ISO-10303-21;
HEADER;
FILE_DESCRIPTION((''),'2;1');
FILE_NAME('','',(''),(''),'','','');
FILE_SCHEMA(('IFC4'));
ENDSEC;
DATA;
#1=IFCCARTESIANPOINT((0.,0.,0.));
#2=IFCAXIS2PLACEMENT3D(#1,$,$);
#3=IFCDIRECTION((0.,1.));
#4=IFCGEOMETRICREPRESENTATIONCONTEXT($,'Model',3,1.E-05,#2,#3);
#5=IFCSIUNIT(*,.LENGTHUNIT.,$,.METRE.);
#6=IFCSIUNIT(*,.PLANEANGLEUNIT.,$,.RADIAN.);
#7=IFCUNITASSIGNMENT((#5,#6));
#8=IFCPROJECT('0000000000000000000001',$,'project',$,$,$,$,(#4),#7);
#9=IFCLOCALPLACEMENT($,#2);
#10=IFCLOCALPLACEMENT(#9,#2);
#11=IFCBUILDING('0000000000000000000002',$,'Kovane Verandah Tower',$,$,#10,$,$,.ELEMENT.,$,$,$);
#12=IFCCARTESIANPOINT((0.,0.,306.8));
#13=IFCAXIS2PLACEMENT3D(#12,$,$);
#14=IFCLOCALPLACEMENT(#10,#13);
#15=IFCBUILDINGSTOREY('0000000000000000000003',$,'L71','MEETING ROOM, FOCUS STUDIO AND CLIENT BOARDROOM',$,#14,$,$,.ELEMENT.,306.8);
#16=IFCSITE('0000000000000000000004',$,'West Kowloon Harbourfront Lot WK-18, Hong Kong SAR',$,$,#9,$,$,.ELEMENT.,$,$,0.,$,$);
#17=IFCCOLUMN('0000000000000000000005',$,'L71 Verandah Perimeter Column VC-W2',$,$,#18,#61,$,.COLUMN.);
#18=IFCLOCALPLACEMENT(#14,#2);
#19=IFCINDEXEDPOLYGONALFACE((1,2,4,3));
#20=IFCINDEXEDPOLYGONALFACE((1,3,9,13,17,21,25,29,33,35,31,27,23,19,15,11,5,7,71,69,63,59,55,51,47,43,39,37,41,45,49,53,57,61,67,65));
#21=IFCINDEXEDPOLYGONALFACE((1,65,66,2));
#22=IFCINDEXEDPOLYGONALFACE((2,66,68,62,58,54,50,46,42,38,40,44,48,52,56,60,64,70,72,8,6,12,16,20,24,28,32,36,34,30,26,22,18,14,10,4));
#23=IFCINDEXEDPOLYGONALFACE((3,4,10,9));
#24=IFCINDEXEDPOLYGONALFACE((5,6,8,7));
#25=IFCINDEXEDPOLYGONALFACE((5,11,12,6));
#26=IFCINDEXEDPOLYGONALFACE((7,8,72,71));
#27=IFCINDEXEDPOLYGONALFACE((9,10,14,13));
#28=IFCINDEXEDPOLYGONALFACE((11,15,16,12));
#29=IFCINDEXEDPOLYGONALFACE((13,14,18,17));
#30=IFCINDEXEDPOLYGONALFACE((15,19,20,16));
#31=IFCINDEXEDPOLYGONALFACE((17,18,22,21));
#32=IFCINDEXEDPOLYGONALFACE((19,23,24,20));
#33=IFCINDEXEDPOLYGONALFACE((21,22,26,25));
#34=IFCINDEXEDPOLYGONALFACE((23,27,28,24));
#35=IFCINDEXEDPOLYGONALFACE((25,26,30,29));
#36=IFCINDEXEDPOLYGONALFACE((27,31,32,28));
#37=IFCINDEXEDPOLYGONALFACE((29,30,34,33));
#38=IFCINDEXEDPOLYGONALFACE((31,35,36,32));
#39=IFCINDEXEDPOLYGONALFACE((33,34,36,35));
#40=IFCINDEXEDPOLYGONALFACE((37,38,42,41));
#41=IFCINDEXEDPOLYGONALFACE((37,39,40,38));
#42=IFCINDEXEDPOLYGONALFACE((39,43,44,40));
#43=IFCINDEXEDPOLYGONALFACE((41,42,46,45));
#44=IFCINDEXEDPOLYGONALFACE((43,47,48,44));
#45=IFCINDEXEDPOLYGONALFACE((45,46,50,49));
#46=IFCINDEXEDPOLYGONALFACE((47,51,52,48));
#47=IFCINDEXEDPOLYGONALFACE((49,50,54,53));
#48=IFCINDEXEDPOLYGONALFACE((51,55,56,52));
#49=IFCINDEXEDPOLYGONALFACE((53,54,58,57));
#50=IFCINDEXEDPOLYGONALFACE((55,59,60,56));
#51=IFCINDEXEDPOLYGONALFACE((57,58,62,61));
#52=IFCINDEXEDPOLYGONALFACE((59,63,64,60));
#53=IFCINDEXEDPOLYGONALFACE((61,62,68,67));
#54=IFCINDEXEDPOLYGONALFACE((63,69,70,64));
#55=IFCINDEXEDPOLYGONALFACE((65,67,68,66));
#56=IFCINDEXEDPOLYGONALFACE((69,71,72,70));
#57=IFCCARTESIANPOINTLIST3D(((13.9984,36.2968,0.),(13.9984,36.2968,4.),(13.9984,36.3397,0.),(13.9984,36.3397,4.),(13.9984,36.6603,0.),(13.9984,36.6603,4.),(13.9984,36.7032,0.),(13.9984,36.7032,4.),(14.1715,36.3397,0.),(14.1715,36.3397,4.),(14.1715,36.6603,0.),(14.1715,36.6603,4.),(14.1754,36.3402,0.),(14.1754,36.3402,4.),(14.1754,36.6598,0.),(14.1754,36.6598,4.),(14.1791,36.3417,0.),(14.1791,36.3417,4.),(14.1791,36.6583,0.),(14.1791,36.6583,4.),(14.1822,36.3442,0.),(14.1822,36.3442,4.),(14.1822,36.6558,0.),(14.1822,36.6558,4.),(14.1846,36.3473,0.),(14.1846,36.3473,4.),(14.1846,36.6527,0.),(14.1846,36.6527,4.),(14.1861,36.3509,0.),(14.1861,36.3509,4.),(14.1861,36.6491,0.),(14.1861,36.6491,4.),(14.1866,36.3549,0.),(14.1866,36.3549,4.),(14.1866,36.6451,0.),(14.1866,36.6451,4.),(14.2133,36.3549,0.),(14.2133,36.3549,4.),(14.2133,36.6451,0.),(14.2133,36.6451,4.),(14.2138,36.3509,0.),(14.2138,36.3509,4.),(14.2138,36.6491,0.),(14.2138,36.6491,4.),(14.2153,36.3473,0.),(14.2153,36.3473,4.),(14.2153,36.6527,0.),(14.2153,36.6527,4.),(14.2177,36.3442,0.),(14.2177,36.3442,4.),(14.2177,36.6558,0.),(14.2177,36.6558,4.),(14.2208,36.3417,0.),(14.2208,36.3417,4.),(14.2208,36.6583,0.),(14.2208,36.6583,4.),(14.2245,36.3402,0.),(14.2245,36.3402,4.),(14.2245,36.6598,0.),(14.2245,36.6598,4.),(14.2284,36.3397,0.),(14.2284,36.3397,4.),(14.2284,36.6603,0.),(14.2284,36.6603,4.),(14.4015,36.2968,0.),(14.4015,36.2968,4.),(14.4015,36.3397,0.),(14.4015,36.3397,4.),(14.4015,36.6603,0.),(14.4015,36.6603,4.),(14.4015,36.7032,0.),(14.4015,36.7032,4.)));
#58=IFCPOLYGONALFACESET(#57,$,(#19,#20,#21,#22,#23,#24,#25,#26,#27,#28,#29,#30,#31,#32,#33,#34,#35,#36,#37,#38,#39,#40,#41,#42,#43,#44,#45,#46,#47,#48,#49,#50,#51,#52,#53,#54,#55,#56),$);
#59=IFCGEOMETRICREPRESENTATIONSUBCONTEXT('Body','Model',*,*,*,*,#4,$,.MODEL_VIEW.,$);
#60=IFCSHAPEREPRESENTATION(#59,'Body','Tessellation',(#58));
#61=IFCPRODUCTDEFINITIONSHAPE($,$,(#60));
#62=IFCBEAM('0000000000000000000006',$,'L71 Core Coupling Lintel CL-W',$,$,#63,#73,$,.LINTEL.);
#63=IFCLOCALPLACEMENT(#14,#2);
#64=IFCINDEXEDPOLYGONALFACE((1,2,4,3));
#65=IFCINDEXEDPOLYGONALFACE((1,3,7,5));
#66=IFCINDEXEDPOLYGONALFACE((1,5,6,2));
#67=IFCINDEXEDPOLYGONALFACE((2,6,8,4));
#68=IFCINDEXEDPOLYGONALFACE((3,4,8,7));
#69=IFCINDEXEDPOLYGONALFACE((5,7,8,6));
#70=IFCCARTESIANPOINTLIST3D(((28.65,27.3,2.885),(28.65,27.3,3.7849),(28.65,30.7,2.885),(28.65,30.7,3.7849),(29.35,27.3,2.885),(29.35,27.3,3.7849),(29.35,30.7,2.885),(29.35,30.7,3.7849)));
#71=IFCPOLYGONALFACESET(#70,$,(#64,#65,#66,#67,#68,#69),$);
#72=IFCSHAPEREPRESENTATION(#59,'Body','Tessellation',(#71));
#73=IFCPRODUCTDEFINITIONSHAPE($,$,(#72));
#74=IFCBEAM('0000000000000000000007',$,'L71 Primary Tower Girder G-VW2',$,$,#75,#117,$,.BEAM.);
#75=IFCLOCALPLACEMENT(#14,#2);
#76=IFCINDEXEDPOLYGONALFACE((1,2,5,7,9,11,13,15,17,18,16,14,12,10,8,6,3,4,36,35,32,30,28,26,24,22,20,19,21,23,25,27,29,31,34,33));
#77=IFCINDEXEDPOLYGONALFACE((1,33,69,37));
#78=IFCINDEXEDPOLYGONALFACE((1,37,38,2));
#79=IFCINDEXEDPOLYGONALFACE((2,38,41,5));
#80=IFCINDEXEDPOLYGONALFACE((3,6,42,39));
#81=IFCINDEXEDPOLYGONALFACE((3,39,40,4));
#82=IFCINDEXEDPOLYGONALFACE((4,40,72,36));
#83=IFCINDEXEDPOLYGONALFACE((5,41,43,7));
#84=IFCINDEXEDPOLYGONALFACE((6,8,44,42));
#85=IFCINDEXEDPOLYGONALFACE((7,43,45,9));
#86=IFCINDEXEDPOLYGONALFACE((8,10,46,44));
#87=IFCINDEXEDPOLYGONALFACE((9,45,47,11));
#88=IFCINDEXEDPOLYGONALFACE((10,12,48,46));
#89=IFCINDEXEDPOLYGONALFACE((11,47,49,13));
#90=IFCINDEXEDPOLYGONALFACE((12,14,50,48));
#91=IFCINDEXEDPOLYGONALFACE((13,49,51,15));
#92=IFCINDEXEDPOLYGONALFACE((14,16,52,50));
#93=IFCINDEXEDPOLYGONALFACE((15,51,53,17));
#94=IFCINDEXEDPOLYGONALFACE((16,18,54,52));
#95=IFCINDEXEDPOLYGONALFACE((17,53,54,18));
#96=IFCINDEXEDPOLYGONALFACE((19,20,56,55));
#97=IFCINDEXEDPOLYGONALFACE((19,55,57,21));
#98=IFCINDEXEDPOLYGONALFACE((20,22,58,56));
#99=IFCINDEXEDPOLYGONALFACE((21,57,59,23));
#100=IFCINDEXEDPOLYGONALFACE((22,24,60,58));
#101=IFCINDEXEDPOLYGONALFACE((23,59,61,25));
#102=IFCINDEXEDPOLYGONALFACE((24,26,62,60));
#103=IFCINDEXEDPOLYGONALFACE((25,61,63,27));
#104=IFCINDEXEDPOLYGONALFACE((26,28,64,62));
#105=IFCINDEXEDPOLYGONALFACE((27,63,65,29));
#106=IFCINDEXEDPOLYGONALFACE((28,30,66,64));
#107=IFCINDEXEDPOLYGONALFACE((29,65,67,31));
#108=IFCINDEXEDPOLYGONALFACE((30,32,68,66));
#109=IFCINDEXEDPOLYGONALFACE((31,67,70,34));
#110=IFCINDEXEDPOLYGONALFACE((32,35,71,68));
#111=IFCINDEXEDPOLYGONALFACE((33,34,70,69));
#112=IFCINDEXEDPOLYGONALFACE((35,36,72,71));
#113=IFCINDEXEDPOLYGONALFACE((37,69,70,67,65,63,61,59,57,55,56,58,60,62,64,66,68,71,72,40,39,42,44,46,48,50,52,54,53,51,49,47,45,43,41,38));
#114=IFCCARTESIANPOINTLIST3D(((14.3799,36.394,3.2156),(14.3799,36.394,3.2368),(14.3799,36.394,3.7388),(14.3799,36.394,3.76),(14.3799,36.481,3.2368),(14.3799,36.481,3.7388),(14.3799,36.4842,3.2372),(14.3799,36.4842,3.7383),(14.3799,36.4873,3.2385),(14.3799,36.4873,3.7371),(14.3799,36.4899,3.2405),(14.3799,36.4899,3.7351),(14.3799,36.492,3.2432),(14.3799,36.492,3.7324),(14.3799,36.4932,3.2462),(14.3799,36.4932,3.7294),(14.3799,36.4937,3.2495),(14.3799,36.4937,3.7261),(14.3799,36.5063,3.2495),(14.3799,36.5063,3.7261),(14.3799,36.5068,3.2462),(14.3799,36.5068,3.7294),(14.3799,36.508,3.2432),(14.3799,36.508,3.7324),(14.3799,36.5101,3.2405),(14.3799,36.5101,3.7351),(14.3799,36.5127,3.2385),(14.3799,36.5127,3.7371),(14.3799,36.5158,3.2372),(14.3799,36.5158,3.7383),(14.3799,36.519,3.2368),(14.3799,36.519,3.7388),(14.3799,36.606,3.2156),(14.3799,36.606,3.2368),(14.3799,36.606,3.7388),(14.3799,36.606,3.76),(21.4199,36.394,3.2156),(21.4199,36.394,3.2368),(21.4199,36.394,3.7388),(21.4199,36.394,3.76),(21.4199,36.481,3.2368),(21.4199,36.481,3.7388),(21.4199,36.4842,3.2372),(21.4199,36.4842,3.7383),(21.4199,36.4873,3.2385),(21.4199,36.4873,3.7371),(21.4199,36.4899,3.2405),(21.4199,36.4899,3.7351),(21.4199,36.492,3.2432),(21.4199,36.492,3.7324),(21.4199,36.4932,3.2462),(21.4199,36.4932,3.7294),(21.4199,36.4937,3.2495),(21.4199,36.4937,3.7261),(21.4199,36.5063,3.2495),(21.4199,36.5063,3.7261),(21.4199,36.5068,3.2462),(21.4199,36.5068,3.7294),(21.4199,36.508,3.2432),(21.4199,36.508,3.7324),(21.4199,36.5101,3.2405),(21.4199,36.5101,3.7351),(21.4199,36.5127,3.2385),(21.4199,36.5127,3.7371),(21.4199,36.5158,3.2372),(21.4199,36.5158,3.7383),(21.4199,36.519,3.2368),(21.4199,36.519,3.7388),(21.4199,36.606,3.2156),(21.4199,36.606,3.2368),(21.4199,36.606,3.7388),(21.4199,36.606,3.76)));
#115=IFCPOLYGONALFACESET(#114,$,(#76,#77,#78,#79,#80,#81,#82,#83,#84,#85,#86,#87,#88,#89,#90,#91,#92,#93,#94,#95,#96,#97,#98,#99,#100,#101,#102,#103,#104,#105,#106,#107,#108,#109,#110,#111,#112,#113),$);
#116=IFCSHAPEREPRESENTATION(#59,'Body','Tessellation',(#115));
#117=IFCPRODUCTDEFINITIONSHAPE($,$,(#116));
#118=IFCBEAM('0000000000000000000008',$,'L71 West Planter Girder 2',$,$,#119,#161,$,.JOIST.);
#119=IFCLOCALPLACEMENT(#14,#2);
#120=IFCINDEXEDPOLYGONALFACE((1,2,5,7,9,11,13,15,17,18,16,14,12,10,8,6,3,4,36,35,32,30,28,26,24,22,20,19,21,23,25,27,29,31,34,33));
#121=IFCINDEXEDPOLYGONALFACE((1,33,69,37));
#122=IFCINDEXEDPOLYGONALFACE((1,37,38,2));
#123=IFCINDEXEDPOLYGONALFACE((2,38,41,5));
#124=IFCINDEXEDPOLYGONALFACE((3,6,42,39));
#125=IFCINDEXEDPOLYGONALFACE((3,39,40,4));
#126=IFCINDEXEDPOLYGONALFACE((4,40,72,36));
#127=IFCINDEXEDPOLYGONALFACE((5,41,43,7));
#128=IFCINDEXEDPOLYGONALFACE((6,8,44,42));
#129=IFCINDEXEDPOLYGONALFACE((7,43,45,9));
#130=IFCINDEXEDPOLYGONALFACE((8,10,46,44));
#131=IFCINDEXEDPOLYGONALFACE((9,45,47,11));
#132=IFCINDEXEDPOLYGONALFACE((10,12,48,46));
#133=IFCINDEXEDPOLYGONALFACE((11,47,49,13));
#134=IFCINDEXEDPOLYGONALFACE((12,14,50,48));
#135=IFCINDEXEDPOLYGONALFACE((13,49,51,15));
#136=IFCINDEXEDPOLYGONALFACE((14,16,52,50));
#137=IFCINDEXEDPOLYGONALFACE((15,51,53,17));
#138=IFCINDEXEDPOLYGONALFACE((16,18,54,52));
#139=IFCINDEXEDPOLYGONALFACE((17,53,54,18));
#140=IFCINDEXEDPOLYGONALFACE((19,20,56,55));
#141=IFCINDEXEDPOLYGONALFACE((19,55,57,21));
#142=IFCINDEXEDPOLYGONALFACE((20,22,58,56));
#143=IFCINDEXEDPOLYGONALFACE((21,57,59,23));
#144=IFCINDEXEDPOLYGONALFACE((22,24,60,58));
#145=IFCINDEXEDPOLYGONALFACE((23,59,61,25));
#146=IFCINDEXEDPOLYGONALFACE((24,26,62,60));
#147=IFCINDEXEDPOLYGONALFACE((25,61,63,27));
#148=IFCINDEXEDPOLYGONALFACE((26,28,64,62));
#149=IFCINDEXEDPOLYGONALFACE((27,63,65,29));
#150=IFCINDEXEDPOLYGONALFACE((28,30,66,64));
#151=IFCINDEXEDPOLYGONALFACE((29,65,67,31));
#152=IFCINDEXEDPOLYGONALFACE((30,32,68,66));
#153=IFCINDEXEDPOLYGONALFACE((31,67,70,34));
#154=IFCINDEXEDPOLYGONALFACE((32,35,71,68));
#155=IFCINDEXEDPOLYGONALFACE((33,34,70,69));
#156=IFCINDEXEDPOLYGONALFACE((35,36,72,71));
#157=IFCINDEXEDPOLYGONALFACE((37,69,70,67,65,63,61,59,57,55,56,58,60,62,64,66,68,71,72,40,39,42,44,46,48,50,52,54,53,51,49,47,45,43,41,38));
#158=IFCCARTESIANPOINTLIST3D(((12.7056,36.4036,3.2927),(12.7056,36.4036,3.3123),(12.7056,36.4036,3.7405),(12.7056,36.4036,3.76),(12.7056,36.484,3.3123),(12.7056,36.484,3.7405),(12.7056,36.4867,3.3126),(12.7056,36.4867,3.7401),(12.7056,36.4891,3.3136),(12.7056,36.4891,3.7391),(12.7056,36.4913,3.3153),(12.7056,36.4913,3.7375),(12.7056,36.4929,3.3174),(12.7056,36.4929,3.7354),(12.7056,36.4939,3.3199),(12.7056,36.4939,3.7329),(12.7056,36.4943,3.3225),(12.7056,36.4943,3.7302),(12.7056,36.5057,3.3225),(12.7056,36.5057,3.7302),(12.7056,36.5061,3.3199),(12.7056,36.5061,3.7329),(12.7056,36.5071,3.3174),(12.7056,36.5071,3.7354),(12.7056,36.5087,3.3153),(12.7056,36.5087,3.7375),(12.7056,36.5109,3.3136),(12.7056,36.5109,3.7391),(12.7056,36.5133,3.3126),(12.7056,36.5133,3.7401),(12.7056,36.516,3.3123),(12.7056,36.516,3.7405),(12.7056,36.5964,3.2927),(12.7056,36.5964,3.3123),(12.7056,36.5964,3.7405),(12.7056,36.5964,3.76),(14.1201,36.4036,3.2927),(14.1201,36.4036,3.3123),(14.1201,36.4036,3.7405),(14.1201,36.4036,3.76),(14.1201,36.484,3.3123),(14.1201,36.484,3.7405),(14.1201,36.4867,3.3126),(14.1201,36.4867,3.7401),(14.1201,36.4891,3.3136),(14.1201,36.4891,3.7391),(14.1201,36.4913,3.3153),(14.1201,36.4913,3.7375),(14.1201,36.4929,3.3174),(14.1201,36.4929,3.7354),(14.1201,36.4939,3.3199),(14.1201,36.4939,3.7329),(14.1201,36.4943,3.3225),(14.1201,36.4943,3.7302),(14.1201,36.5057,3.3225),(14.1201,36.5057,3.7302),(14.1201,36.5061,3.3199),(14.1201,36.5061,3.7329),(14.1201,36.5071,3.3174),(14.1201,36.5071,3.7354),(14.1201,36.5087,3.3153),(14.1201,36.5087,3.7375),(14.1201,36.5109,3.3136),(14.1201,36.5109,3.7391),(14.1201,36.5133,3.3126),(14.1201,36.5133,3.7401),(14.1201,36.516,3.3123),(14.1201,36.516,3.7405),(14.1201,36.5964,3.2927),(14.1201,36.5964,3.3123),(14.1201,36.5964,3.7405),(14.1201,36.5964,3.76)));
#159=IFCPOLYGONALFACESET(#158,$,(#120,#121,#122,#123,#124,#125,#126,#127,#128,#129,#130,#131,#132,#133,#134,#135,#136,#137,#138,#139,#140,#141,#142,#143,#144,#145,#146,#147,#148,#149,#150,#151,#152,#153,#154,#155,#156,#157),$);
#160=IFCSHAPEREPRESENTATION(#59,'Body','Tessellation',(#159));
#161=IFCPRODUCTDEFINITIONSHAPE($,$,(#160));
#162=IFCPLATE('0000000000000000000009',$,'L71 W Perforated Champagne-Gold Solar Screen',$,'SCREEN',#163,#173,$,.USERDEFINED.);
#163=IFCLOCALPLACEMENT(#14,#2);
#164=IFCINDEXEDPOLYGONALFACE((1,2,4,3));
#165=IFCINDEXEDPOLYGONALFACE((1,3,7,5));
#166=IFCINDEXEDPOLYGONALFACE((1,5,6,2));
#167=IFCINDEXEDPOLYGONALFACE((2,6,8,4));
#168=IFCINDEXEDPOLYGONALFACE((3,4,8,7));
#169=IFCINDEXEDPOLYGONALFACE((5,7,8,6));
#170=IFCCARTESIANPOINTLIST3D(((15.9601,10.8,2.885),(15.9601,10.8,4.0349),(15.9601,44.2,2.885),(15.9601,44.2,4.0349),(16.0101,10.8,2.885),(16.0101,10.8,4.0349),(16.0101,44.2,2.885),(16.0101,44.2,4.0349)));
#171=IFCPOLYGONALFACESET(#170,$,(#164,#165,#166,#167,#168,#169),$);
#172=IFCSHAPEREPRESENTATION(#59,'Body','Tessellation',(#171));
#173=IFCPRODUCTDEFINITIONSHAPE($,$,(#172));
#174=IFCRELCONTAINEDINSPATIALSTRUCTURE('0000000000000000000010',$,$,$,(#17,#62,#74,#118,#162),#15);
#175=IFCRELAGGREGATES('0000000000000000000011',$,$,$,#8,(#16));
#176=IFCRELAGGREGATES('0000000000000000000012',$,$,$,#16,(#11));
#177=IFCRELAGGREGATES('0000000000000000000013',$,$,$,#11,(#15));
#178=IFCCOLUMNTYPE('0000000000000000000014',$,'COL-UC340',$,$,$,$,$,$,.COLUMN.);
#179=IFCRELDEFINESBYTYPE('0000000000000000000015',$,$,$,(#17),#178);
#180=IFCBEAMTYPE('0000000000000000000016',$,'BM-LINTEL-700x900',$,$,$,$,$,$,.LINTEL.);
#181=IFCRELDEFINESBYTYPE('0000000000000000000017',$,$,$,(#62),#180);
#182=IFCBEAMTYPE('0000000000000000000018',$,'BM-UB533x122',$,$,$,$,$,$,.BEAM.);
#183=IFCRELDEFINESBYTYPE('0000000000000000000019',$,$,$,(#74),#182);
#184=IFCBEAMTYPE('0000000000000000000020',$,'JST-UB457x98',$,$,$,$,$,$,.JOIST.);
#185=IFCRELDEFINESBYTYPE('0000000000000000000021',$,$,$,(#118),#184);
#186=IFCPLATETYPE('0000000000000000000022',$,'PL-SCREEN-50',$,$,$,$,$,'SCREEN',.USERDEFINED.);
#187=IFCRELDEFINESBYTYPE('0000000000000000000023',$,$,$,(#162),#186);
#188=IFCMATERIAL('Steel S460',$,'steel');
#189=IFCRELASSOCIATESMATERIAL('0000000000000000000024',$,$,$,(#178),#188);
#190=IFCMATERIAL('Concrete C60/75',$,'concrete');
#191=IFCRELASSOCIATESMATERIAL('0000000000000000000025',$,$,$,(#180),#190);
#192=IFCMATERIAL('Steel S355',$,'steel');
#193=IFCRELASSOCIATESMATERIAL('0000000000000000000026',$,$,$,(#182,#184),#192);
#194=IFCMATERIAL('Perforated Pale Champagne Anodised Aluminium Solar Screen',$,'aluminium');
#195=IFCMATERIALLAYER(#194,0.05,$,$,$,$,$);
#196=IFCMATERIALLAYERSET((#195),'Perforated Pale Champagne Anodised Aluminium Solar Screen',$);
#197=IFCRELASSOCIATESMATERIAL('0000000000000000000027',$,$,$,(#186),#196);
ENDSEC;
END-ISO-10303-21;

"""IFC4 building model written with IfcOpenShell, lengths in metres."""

from ifc_helpers import new_model, si_unit, direction, frame, origin, origin_2d, place, context, subcontext, project, spatial, rectangle, i_section, extrude, material, layer, layer_set, material_profile, profile_set, type_object, element, save


model = new_model("IFC4")

# Units and contexts
model_context = context("Model", 3, precision=1e-05, world=origin(), true_north=direction((0.0, 1.0)))
body_context = subcontext(model_context, "Body", "Model", "MODEL_VIEW")
ifc_project = project(units=[si_unit("LENGTHUNIT", "METRE"), si_unit("PLANEANGLEUNIT", "RADIAN")], contexts=[model_context])

# Site, building, storey
site_placement = place(None, origin())
site = spatial("IfcSite", under=ifc_project, at=site_placement, Name="West Kowloon Harbourfront Lot WK-18, Hong Kong SAR", CompositionType="ELEMENT", RefElevation=0.0)
building_placement = place(site_placement, origin())
building = spatial("IfcBuilding", under=site, at=building_placement, Name="Kovane Verandah Tower", CompositionType="ELEMENT")
storey_placement = place(building_placement, frame((0.0, 0.0, 306.8)))
storey = spatial("IfcBuildingStorey", under=building, at=storey_placement, Name="L71", Description="MEETING ROOM, FOCUS STUDIO AND CLIENT BOARDROOM", CompositionType="ELEMENT", Elevation=306.8)

# Column
ifc_material_1 = material(Name="Steel S460", Category="steel")
ifc_material_profile_1 = material_profile(ifc_material_1, i_section(OverallWidth=0.4031, OverallDepth=0.4065, WebThickness=0.0266, FlangeThickness=0.043, FilletRadius=0.0151, at=origin_2d()), Name="UC356x406x340")
ifc_profile_set_1 = profile_set([ifc_material_profile_1], Name="Steel S460")
column_type = type_object("IfcColumnType", Name="COL-UC340", PredefinedType="COLUMN", material=ifc_profile_set_1)
column_placement = place(storey_placement, frame((14.2, 36.5, 0.0), z_axis=(0.0, 0.0, 1.0), x_axis=(1.0, 0.0, 0.0)))
element("IfcColumn", 1, at=column_placement, inside=storey, type_object=column_type, Name="L71 Verandah Perimeter Column VC-W2", PredefinedType="COLUMN", context=body_context, shape_type="SweptSolid", body=[
    extrude(i_section(OverallWidth=0.4031, OverallDepth=0.4065, WebThickness=0.0266, FlangeThickness=0.043, FilletRadius=0.0151, at=origin_2d()), origin(), (0.0, 0.0, 1.0), 4.0),
])

# Beams
ifc_material_2 = material(Name="Concrete C60/75", Category="concrete")
ifc_material_profile_2 = material_profile(ifc_material_2, rectangle(XDim=0.7, YDim=0.8999, at=origin_2d()), Name="RCB700x900")
ifc_profile_set_2 = profile_set([ifc_material_profile_2], Name="Concrete C60/75")
beam_type_1 = type_object("IfcBeamType", Name="BM-LINTEL-700x900", PredefinedType="LINTEL", material=ifc_profile_set_2)
beam_1_placement = place(storey_placement, frame((29.0, 27.3, 3.335), z_axis=(0.0, 1.0, 0.0), x_axis=(-1.0, 0.0, 0.0)))
element("IfcBeam", 2, at=beam_1_placement, inside=storey, type_object=beam_type_1, Name="L71 Core Coupling Lintel CL-W", PredefinedType="LINTEL", context=body_context, shape_type="SweptSolid", body=[
    extrude(rectangle(XDim=0.7, YDim=0.8999, at=origin_2d()), origin(), (0.0, 0.0, 1.0), 3.3999),
])
ifc_material_3 = material(Name="Steel S355", Category="steel")
ifc_material_profile_3 = material_profile(ifc_material_3, i_section(OverallWidth=0.2119, OverallDepth=0.5444, WebThickness=0.0127, FlangeThickness=0.0212, FilletRadius=0.0127, at=origin_2d()), Name="UB533x210x122")
ifc_profile_set_3 = profile_set([ifc_material_profile_3], Name="Steel S355")
beam_type_2 = type_object("IfcBeamType", Name="BM-UB533x122", PredefinedType="BEAM", material=ifc_profile_set_3)
beam_2_placement = place(storey_placement, frame((21.4199, 36.5, 3.4878), z_axis=(-1.0, 0.0, 0.0), x_axis=(0.0, -1.0, 0.0)))
element("IfcBeam", 3, at=beam_2_placement, inside=storey, type_object=beam_type_2, Name="L71 Primary Tower Girder G-VW2", PredefinedType="BEAM", context=body_context, shape_type="SweptSolid", body=[
    extrude(i_section(OverallWidth=0.2119, OverallDepth=0.5444, WebThickness=0.0127, FlangeThickness=0.0212, FilletRadius=0.0127, at=origin_2d()), origin(), (0.0, 0.0, 1.0), 7.04),
])
ifc_material_profile_4 = material_profile(ifc_material_3, i_section(OverallWidth=0.1929, OverallDepth=0.4673, WebThickness=0.0115, FlangeThickness=0.0195, FilletRadius=0.0103, at=origin_2d()), Name="UB457x191x98")
ifc_profile_set_4 = profile_set([ifc_material_profile_4], Name="Steel S355")
beam_type_3 = type_object("IfcBeamType", Name="JST-UB457x98", PredefinedType="JOIST", material=ifc_profile_set_4)
beam_3_placement = place(storey_placement, frame((14.1201, 36.5, 3.5264), z_axis=(-1.0, 0.0, 0.0), x_axis=(0.0, -1.0, 0.0)))
element("IfcBeam", 4, at=beam_3_placement, inside=storey, type_object=beam_type_3, Name="L71 West Planter Girder 2", PredefinedType="JOIST", context=body_context, shape_type="SweptSolid", body=[
    extrude(i_section(OverallWidth=0.1929, OverallDepth=0.4673, WebThickness=0.0115, FlangeThickness=0.0195, FilletRadius=0.0103, at=origin_2d()), origin(), (0.0, 0.0, 1.0), 1.4146),
])

# Plate
ifc_material_4 = material(Name="Perforated Pale Champagne Anodised Aluminium Solar Screen", Category="aluminium")
ifc_layer_1 = layer(ifc_material_4, 0.05)
ifc_layer_set_1 = layer_set([ifc_layer_1], Name="Perforated Pale Champagne Anodised Aluminium Solar Screen")
plate_type = type_object("IfcPlateType", Name="PL-SCREEN-50", ElementType="SCREEN", PredefinedType="USERDEFINED", material=ifc_layer_set_1)
plate_placement = place(storey_placement, frame((15.9851, 27.5, 2.885), z_axis=(0.0, 0.0, 1.0), x_axis=(0.0, -1.0, 0.0)))
element("IfcPlate", 5, at=plate_placement, inside=storey, type_object=plate_type, Name="L71 W Perforated Champagne-Gold Solar Screen", ObjectType="SCREEN", PredefinedType="USERDEFINED", context=body_context, shape_type="SweptSolid", body=[
    extrude(rectangle(XDim=33.3999, YDim=0.05, at=origin_2d()), origin(), (0.0, 0.0, 1.0), 1.1499),
])

save(model, "model.ifc")
